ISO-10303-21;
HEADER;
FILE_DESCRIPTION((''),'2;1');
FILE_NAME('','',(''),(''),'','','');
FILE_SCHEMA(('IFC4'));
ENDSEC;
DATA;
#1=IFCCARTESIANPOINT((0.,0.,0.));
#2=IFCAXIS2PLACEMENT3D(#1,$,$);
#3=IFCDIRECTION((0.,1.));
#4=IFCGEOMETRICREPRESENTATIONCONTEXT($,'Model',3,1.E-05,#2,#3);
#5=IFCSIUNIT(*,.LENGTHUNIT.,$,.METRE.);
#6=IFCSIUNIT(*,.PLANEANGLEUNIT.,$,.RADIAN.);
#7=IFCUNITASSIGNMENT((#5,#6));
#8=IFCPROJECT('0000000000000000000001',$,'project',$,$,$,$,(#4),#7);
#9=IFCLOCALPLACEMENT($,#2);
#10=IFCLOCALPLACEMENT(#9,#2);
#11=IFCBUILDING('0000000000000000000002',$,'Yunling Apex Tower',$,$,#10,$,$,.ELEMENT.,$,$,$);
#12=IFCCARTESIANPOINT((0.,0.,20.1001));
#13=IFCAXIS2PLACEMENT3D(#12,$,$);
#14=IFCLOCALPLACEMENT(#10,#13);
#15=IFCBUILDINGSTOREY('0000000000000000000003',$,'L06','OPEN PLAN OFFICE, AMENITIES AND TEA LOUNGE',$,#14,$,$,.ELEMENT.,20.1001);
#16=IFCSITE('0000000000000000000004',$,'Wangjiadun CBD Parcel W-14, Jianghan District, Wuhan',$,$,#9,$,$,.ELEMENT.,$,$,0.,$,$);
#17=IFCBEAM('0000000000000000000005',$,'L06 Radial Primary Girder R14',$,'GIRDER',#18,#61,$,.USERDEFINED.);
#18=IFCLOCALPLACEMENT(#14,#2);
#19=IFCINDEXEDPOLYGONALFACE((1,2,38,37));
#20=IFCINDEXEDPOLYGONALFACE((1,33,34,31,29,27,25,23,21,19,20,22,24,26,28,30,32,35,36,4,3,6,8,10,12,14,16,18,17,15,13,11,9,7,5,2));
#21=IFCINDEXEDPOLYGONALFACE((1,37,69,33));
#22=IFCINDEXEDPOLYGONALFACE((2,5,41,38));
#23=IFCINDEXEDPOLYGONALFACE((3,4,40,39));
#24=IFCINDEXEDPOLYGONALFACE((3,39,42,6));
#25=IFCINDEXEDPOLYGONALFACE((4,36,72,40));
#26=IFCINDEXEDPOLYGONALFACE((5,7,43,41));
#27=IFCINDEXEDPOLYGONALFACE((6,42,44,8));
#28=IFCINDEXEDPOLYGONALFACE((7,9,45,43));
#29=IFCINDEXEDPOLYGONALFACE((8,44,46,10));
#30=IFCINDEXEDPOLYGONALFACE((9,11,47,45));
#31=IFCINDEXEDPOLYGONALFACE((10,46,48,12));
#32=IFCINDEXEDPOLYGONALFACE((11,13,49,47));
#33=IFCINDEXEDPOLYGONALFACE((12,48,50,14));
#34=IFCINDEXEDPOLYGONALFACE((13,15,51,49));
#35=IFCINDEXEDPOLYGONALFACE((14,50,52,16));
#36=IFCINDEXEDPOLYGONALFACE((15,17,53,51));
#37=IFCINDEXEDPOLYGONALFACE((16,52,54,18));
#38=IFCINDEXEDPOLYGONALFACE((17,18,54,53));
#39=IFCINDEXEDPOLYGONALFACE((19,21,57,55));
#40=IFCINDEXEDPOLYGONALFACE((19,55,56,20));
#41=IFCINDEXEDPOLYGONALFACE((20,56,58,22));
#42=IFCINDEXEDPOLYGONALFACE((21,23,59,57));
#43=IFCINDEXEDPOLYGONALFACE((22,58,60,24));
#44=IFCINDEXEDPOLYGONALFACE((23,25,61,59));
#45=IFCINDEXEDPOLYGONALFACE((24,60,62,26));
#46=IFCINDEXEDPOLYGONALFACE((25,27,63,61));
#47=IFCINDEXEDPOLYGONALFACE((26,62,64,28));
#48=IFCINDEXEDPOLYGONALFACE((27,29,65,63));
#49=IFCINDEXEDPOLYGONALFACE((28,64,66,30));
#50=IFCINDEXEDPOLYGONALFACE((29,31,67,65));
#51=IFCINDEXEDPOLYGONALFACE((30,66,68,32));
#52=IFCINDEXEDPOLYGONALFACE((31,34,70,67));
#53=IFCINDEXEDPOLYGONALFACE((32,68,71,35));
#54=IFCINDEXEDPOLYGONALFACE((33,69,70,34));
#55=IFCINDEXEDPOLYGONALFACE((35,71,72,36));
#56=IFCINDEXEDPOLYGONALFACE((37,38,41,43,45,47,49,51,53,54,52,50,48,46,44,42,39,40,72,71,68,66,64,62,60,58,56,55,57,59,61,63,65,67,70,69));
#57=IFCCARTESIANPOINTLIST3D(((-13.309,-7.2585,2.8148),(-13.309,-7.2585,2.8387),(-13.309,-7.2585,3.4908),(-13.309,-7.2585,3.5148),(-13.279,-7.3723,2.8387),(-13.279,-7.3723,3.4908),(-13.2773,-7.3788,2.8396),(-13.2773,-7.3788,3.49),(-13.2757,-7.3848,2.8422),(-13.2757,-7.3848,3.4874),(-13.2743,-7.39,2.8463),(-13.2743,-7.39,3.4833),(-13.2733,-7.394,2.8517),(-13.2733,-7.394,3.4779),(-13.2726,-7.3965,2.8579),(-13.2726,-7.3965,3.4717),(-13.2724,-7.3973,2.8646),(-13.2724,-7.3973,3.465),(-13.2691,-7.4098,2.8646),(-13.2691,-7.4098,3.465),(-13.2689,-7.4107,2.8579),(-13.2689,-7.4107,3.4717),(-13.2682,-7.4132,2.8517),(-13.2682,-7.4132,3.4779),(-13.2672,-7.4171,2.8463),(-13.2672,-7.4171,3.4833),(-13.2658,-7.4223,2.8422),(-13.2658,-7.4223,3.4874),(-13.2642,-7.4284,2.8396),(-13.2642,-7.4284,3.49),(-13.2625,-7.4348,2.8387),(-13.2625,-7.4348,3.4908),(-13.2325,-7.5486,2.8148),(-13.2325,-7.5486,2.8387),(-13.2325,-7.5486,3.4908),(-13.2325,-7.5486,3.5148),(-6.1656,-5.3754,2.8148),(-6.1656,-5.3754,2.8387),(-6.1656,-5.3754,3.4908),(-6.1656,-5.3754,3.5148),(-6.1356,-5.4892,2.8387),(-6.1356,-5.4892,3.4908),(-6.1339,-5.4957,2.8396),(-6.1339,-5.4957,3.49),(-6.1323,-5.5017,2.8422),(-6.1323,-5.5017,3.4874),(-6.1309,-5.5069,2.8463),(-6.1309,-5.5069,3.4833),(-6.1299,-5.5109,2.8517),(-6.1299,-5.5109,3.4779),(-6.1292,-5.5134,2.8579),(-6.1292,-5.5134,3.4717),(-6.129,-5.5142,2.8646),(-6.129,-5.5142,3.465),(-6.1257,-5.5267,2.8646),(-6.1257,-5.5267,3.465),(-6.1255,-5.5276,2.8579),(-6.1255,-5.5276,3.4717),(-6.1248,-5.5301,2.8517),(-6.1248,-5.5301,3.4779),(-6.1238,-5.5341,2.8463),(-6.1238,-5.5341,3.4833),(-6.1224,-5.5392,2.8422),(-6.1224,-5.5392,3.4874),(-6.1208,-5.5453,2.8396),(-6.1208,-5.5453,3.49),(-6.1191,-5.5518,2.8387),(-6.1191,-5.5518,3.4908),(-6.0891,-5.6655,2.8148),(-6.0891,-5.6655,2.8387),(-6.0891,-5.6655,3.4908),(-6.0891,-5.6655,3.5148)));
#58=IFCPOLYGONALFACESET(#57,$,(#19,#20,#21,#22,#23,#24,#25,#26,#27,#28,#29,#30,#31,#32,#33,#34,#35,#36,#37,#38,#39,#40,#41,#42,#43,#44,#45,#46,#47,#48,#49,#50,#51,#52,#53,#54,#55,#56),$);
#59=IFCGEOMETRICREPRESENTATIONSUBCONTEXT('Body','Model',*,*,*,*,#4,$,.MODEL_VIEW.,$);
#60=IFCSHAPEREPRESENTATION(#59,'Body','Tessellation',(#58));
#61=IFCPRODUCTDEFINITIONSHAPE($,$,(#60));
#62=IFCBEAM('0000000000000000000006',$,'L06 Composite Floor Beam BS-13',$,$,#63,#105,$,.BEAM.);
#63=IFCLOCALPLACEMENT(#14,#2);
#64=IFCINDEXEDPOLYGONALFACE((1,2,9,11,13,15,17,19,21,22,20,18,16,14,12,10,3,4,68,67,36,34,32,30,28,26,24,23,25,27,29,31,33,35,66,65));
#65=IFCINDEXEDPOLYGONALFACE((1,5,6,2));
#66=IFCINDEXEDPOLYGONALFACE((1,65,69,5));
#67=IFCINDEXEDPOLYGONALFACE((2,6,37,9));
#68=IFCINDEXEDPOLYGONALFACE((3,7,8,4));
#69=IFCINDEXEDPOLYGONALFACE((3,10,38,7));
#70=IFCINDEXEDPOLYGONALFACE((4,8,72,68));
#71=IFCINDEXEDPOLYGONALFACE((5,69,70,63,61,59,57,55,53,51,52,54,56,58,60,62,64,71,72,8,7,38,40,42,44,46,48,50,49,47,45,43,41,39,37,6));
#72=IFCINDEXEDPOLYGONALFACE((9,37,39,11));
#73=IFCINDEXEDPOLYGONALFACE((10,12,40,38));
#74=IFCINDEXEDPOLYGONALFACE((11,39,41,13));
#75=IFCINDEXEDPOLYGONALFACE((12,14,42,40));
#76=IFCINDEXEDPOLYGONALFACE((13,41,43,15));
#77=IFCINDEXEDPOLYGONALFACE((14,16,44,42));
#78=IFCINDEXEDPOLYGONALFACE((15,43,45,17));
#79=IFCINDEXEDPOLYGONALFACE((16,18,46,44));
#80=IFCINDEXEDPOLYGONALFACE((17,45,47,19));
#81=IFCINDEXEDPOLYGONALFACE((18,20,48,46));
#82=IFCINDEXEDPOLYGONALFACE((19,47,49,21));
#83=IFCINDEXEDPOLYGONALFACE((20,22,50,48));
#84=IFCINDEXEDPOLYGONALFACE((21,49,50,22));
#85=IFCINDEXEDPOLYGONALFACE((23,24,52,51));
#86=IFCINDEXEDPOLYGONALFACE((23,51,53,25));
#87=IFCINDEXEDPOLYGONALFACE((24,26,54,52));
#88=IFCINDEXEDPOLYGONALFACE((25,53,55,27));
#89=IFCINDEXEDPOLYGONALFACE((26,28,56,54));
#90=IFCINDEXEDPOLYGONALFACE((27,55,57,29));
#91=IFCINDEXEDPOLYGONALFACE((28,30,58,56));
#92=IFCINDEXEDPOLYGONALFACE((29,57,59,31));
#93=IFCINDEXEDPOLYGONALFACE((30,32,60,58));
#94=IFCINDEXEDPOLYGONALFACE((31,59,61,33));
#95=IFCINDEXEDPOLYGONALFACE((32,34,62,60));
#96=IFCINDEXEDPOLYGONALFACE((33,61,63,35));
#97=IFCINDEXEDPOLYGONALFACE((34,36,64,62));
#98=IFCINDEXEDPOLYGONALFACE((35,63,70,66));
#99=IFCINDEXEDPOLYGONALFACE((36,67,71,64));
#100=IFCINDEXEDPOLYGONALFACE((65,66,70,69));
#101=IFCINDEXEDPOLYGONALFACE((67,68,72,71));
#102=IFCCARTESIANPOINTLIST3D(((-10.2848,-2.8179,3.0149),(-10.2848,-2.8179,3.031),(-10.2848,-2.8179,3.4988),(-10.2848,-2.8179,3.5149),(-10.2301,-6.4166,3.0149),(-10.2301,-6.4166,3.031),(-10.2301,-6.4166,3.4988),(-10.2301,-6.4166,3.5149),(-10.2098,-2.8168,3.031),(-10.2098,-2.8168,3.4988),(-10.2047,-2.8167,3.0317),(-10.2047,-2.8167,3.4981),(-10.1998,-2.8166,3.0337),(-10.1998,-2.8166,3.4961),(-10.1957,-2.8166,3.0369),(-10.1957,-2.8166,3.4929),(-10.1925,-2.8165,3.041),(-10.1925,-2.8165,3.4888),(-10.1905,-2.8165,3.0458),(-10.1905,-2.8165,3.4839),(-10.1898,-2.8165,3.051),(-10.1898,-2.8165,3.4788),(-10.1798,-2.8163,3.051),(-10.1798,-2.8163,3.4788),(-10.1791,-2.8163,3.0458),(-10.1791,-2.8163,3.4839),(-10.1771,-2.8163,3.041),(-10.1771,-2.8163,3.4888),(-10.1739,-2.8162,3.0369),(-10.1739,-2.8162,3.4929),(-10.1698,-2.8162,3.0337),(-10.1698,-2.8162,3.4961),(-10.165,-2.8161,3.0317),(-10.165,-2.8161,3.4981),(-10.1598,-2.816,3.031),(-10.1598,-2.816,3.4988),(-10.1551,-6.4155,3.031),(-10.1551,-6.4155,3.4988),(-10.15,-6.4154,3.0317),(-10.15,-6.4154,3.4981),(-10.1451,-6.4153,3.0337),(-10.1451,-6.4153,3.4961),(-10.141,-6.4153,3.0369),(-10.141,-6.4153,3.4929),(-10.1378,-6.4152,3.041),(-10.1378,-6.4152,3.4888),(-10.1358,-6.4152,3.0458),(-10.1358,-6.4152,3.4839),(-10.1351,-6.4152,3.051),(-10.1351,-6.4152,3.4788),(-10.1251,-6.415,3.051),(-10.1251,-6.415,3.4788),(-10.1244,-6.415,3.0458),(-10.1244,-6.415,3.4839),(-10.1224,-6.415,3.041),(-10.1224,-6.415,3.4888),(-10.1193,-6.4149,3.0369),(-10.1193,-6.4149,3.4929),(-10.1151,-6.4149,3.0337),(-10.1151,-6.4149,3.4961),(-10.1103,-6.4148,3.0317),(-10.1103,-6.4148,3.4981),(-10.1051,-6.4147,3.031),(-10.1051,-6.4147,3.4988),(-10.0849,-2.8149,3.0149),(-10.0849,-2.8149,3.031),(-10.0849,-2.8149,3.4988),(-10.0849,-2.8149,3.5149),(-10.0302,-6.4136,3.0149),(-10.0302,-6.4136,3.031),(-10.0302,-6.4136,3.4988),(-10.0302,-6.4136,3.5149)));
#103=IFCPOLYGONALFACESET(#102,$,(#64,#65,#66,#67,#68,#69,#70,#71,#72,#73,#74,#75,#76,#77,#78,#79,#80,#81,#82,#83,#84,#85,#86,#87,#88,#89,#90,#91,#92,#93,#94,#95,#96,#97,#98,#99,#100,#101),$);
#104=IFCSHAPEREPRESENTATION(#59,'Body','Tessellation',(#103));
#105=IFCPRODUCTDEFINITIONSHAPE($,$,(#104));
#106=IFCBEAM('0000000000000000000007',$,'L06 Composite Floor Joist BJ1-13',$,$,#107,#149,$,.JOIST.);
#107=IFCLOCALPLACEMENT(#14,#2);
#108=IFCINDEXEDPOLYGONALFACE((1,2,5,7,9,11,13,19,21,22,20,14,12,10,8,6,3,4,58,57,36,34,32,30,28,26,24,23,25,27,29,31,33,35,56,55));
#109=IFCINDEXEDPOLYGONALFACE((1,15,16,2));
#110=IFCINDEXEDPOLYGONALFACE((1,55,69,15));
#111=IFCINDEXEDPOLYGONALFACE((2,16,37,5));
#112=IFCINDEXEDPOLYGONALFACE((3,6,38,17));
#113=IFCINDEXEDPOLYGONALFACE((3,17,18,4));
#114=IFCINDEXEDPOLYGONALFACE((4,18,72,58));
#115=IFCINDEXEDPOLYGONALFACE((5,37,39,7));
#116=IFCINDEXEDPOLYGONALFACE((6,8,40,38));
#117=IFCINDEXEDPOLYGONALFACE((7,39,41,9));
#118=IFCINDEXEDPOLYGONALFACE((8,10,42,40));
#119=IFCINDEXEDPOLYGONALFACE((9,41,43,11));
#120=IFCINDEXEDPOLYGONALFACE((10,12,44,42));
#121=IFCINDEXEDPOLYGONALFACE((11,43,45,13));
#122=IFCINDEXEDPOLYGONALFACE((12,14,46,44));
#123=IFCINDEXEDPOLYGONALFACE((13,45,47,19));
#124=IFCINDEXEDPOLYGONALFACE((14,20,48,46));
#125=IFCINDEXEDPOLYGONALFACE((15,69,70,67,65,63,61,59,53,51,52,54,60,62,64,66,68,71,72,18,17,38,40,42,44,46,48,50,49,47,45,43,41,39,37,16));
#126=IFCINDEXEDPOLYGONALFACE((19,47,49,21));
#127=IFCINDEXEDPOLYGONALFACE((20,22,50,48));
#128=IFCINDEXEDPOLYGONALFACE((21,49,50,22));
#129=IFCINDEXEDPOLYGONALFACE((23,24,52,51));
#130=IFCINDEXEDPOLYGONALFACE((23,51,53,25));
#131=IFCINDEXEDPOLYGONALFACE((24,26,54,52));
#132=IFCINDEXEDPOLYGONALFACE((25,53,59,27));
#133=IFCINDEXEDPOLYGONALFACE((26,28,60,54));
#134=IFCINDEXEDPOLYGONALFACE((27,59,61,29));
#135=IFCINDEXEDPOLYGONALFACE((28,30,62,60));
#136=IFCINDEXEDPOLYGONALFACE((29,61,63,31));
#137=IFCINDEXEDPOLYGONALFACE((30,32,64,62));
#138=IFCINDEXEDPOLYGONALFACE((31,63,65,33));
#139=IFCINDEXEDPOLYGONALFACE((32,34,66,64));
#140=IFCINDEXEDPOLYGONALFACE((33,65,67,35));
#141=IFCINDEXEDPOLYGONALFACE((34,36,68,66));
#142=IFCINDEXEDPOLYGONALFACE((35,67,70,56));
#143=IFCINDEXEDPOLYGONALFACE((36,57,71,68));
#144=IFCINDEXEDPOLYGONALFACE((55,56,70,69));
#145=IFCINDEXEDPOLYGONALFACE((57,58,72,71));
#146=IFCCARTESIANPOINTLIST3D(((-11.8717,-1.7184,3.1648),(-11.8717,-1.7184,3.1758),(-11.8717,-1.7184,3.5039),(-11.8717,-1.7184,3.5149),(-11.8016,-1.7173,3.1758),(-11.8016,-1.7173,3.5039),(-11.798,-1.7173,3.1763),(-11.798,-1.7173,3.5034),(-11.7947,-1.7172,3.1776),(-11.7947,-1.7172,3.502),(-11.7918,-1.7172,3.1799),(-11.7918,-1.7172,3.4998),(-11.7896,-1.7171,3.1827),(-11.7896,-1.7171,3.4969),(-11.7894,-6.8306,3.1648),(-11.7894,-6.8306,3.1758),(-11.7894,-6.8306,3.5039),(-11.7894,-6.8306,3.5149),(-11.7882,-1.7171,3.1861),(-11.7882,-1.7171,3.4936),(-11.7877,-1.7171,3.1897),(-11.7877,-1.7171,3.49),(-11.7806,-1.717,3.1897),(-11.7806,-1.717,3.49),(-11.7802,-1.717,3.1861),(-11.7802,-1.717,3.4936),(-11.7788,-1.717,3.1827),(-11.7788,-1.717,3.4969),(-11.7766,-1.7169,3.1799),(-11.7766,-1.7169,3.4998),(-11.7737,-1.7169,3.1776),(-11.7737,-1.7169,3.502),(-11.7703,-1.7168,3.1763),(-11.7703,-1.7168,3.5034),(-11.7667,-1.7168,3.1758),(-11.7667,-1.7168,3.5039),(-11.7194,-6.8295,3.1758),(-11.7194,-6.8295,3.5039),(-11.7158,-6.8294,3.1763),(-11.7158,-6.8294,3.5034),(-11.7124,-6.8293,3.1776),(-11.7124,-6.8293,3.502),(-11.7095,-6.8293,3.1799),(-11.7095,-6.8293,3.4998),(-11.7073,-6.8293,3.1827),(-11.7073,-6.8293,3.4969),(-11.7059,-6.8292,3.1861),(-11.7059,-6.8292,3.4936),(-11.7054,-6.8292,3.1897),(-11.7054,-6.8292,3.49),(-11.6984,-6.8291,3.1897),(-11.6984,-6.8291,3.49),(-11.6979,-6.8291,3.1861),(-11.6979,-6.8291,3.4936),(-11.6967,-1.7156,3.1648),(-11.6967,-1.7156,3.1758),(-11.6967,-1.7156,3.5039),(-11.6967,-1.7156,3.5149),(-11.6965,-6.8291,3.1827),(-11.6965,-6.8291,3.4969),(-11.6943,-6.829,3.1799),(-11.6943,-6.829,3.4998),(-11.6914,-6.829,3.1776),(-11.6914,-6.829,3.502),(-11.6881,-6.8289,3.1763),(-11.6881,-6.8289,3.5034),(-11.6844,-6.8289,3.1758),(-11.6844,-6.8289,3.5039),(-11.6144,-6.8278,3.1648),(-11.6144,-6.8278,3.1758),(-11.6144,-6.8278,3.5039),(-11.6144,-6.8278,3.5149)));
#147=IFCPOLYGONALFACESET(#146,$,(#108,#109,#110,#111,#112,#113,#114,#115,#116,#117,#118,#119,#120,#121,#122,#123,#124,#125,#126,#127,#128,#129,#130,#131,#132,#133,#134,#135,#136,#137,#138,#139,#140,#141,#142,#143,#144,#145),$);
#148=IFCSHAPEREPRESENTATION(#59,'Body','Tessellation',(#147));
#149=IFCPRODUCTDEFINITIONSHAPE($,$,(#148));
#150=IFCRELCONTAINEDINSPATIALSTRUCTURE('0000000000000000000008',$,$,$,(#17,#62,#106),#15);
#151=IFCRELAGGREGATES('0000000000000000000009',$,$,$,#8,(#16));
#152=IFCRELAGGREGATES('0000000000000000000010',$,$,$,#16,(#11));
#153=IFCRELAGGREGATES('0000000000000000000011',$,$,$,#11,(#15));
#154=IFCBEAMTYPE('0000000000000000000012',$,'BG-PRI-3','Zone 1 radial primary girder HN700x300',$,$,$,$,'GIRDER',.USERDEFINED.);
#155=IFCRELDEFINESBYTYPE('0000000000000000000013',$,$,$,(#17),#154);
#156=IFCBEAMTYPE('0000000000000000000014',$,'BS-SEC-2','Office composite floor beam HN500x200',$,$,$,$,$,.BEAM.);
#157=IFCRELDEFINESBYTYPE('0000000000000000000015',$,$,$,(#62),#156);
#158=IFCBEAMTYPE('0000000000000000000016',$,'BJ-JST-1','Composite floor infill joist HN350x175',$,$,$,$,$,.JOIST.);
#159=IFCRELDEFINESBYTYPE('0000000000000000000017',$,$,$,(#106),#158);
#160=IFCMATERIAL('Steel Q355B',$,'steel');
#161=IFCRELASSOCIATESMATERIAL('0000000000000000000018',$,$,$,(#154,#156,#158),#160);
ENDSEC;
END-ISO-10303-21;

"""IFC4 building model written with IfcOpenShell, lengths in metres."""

from ifc_helpers import new_model, si_unit, direction, frame, origin, origin_2d, place, context, subcontext, project, spatial, i_section, extrude, source, transform, mapped, material, material_profile, profile_set, type_object, element, save


model = new_model("IFC4")

# Units and contexts
model_context = context("Model", 3, precision=1e-05, world=origin(), true_north=direction((0.0, 1.0)))
body_context = subcontext(model_context, "Body", "Model", "MODEL_VIEW")
ifc_project = project(units=[si_unit("LENGTHUNIT", "METRE"), si_unit("PLANEANGLEUNIT", "RADIAN")], contexts=[model_context])

# Site, building, storey
site_placement = place(None, origin())
site = spatial("IfcSite", under=ifc_project, at=site_placement, Name="Wangjiadun CBD Parcel W-14, Jianghan District, Wuhan", CompositionType="ELEMENT", RefElevation=0.0)
building_placement = place(site_placement, origin())
building = spatial("IfcBuilding", under=site, at=building_placement, Name="Yunling Apex Tower", CompositionType="ELEMENT")
storey_placement = place(building_placement, frame((0.0, 0.0, 20.1001)))
storey = spatial("IfcBuildingStorey", under=building, at=storey_placement, Name="L06", Description="OPEN PLAN OFFICE, AMENITIES AND TEA LOUNGE", CompositionType="ELEMENT", Elevation=20.1001)

# Beams
ifc_material_1 = material(Name="Steel Q355B", Category="steel")
ifc_material_profile_1 = material_profile(ifc_material_1, i_section(OverallWidth=0.3, OverallDepth=0.7, WebThickness=0.0129, FlangeThickness=0.0239, FilletRadius=0.0259, at=origin_2d()))
ifc_profile_set_1 = profile_set([ifc_material_profile_1], Name="Steel Q355B")
beam_type_1 = type_object("IfcBeamType", Name="BG-PRI-3", Description="Zone 1 radial primary girder HN700x300", ElementType="GIRDER", PredefinedType="USERDEFINED", material=ifc_profile_set_1)
shared_shape_1 = source(origin(), body_context, "Body", "SweptSolid", [
    extrude(i_section(OverallWidth=0.3, OverallDepth=0.7, WebThickness=0.0129, FlangeThickness=0.0239, FilletRadius=0.0259, at=origin_2d()), origin(), (0.0, 0.0, 1.0), 7.3875),
])
beam_1_placement = place(storey_placement, frame((-13.2708, -7.4036, 3.1648), z_axis=(0.966967, 0.254903, 0.0), x_axis=(-0.254903, 0.966967, 0.0)))
element("IfcBeam", 1, at=beam_1_placement, inside=storey, type_object=beam_type_1, Name="L06 Radial Primary Girder R14", ObjectType="GIRDER", PredefinedType="USERDEFINED", context=body_context, shape_type="MappedRepresentation", body=[
    mapped(shared_shape_1, transform((0.0, 0.0, 0.0), scale=1.0)),
])
ifc_material_profile_2 = material_profile(ifc_material_1, i_section(OverallWidth=0.2, OverallDepth=0.5, WebThickness=0.01, FlangeThickness=0.0161, FilletRadius=0.02, at=origin_2d()))
ifc_profile_set_2 = profile_set([ifc_material_profile_2], Name="Steel Q355B")
beam_type_2 = type_object("IfcBeamType", Name="BS-SEC-2", Description="Office composite floor beam HN500x200", PredefinedType="BEAM", material=ifc_profile_set_2)
shared_shape_2 = source(origin(), body_context, "Body", "SweptSolid", [
    extrude(i_section(OverallWidth=0.2, OverallDepth=0.5, WebThickness=0.01, FlangeThickness=0.0161, FilletRadius=0.02, at=origin_2d()), origin(), (0.0, 0.0, 1.0), 3.5991),
])
beam_2_placement = place(storey_placement, frame((-10.1848, -2.8164, 3.2649), z_axis=(0.015195, -0.999885, 0.0), x_axis=(0.999885, 0.015195, 0.0)))
element("IfcBeam", 2, at=beam_2_placement, inside=storey, type_object=beam_type_2, Name="L06 Composite Floor Beam BS-13", PredefinedType="BEAM", context=body_context, shape_type="MappedRepresentation", body=[
    mapped(shared_shape_2, transform((0.0, 0.0, 0.0), scale=1.0)),
])
ifc_material_profile_3 = material_profile(ifc_material_1, i_section(OverallWidth=0.175, OverallDepth=0.3501, WebThickness=0.0071, FlangeThickness=0.011, FilletRadius=0.0139, at=origin_2d()))
ifc_profile_set_3 = profile_set([ifc_material_profile_3], Name="Steel Q355B")
beam_type_3 = type_object("IfcBeamType", Name="BJ-JST-1", Description="Composite floor infill joist HN350x175", PredefinedType="JOIST", material=ifc_profile_set_3)
shared_shape_3 = source(origin(), body_context, "Body", "SweptSolid", [
    extrude(i_section(OverallWidth=0.175, OverallDepth=0.3501, WebThickness=0.0071, FlangeThickness=0.011, FilletRadius=0.0139, at=origin_2d()), origin(), (0.0, 0.0, 1.0), 5.1128),
])
beam_3_placement = place(storey_placement, frame((-11.7842, -1.717, 3.3398), z_axis=(0.016092, -0.999871, 0.0), x_axis=(0.999871, 0.016092, 0.0)))
element("IfcBeam", 3, at=beam_3_placement, inside=storey, type_object=beam_type_3, Name="L06 Composite Floor Joist BJ1-13", PredefinedType="JOIST", context=body_context, shape_type="MappedRepresentation", body=[
    mapped(shared_shape_3, transform((0.0, 0.0, 0.0), scale=1.0)),
])

save(model, "model.ifc")
